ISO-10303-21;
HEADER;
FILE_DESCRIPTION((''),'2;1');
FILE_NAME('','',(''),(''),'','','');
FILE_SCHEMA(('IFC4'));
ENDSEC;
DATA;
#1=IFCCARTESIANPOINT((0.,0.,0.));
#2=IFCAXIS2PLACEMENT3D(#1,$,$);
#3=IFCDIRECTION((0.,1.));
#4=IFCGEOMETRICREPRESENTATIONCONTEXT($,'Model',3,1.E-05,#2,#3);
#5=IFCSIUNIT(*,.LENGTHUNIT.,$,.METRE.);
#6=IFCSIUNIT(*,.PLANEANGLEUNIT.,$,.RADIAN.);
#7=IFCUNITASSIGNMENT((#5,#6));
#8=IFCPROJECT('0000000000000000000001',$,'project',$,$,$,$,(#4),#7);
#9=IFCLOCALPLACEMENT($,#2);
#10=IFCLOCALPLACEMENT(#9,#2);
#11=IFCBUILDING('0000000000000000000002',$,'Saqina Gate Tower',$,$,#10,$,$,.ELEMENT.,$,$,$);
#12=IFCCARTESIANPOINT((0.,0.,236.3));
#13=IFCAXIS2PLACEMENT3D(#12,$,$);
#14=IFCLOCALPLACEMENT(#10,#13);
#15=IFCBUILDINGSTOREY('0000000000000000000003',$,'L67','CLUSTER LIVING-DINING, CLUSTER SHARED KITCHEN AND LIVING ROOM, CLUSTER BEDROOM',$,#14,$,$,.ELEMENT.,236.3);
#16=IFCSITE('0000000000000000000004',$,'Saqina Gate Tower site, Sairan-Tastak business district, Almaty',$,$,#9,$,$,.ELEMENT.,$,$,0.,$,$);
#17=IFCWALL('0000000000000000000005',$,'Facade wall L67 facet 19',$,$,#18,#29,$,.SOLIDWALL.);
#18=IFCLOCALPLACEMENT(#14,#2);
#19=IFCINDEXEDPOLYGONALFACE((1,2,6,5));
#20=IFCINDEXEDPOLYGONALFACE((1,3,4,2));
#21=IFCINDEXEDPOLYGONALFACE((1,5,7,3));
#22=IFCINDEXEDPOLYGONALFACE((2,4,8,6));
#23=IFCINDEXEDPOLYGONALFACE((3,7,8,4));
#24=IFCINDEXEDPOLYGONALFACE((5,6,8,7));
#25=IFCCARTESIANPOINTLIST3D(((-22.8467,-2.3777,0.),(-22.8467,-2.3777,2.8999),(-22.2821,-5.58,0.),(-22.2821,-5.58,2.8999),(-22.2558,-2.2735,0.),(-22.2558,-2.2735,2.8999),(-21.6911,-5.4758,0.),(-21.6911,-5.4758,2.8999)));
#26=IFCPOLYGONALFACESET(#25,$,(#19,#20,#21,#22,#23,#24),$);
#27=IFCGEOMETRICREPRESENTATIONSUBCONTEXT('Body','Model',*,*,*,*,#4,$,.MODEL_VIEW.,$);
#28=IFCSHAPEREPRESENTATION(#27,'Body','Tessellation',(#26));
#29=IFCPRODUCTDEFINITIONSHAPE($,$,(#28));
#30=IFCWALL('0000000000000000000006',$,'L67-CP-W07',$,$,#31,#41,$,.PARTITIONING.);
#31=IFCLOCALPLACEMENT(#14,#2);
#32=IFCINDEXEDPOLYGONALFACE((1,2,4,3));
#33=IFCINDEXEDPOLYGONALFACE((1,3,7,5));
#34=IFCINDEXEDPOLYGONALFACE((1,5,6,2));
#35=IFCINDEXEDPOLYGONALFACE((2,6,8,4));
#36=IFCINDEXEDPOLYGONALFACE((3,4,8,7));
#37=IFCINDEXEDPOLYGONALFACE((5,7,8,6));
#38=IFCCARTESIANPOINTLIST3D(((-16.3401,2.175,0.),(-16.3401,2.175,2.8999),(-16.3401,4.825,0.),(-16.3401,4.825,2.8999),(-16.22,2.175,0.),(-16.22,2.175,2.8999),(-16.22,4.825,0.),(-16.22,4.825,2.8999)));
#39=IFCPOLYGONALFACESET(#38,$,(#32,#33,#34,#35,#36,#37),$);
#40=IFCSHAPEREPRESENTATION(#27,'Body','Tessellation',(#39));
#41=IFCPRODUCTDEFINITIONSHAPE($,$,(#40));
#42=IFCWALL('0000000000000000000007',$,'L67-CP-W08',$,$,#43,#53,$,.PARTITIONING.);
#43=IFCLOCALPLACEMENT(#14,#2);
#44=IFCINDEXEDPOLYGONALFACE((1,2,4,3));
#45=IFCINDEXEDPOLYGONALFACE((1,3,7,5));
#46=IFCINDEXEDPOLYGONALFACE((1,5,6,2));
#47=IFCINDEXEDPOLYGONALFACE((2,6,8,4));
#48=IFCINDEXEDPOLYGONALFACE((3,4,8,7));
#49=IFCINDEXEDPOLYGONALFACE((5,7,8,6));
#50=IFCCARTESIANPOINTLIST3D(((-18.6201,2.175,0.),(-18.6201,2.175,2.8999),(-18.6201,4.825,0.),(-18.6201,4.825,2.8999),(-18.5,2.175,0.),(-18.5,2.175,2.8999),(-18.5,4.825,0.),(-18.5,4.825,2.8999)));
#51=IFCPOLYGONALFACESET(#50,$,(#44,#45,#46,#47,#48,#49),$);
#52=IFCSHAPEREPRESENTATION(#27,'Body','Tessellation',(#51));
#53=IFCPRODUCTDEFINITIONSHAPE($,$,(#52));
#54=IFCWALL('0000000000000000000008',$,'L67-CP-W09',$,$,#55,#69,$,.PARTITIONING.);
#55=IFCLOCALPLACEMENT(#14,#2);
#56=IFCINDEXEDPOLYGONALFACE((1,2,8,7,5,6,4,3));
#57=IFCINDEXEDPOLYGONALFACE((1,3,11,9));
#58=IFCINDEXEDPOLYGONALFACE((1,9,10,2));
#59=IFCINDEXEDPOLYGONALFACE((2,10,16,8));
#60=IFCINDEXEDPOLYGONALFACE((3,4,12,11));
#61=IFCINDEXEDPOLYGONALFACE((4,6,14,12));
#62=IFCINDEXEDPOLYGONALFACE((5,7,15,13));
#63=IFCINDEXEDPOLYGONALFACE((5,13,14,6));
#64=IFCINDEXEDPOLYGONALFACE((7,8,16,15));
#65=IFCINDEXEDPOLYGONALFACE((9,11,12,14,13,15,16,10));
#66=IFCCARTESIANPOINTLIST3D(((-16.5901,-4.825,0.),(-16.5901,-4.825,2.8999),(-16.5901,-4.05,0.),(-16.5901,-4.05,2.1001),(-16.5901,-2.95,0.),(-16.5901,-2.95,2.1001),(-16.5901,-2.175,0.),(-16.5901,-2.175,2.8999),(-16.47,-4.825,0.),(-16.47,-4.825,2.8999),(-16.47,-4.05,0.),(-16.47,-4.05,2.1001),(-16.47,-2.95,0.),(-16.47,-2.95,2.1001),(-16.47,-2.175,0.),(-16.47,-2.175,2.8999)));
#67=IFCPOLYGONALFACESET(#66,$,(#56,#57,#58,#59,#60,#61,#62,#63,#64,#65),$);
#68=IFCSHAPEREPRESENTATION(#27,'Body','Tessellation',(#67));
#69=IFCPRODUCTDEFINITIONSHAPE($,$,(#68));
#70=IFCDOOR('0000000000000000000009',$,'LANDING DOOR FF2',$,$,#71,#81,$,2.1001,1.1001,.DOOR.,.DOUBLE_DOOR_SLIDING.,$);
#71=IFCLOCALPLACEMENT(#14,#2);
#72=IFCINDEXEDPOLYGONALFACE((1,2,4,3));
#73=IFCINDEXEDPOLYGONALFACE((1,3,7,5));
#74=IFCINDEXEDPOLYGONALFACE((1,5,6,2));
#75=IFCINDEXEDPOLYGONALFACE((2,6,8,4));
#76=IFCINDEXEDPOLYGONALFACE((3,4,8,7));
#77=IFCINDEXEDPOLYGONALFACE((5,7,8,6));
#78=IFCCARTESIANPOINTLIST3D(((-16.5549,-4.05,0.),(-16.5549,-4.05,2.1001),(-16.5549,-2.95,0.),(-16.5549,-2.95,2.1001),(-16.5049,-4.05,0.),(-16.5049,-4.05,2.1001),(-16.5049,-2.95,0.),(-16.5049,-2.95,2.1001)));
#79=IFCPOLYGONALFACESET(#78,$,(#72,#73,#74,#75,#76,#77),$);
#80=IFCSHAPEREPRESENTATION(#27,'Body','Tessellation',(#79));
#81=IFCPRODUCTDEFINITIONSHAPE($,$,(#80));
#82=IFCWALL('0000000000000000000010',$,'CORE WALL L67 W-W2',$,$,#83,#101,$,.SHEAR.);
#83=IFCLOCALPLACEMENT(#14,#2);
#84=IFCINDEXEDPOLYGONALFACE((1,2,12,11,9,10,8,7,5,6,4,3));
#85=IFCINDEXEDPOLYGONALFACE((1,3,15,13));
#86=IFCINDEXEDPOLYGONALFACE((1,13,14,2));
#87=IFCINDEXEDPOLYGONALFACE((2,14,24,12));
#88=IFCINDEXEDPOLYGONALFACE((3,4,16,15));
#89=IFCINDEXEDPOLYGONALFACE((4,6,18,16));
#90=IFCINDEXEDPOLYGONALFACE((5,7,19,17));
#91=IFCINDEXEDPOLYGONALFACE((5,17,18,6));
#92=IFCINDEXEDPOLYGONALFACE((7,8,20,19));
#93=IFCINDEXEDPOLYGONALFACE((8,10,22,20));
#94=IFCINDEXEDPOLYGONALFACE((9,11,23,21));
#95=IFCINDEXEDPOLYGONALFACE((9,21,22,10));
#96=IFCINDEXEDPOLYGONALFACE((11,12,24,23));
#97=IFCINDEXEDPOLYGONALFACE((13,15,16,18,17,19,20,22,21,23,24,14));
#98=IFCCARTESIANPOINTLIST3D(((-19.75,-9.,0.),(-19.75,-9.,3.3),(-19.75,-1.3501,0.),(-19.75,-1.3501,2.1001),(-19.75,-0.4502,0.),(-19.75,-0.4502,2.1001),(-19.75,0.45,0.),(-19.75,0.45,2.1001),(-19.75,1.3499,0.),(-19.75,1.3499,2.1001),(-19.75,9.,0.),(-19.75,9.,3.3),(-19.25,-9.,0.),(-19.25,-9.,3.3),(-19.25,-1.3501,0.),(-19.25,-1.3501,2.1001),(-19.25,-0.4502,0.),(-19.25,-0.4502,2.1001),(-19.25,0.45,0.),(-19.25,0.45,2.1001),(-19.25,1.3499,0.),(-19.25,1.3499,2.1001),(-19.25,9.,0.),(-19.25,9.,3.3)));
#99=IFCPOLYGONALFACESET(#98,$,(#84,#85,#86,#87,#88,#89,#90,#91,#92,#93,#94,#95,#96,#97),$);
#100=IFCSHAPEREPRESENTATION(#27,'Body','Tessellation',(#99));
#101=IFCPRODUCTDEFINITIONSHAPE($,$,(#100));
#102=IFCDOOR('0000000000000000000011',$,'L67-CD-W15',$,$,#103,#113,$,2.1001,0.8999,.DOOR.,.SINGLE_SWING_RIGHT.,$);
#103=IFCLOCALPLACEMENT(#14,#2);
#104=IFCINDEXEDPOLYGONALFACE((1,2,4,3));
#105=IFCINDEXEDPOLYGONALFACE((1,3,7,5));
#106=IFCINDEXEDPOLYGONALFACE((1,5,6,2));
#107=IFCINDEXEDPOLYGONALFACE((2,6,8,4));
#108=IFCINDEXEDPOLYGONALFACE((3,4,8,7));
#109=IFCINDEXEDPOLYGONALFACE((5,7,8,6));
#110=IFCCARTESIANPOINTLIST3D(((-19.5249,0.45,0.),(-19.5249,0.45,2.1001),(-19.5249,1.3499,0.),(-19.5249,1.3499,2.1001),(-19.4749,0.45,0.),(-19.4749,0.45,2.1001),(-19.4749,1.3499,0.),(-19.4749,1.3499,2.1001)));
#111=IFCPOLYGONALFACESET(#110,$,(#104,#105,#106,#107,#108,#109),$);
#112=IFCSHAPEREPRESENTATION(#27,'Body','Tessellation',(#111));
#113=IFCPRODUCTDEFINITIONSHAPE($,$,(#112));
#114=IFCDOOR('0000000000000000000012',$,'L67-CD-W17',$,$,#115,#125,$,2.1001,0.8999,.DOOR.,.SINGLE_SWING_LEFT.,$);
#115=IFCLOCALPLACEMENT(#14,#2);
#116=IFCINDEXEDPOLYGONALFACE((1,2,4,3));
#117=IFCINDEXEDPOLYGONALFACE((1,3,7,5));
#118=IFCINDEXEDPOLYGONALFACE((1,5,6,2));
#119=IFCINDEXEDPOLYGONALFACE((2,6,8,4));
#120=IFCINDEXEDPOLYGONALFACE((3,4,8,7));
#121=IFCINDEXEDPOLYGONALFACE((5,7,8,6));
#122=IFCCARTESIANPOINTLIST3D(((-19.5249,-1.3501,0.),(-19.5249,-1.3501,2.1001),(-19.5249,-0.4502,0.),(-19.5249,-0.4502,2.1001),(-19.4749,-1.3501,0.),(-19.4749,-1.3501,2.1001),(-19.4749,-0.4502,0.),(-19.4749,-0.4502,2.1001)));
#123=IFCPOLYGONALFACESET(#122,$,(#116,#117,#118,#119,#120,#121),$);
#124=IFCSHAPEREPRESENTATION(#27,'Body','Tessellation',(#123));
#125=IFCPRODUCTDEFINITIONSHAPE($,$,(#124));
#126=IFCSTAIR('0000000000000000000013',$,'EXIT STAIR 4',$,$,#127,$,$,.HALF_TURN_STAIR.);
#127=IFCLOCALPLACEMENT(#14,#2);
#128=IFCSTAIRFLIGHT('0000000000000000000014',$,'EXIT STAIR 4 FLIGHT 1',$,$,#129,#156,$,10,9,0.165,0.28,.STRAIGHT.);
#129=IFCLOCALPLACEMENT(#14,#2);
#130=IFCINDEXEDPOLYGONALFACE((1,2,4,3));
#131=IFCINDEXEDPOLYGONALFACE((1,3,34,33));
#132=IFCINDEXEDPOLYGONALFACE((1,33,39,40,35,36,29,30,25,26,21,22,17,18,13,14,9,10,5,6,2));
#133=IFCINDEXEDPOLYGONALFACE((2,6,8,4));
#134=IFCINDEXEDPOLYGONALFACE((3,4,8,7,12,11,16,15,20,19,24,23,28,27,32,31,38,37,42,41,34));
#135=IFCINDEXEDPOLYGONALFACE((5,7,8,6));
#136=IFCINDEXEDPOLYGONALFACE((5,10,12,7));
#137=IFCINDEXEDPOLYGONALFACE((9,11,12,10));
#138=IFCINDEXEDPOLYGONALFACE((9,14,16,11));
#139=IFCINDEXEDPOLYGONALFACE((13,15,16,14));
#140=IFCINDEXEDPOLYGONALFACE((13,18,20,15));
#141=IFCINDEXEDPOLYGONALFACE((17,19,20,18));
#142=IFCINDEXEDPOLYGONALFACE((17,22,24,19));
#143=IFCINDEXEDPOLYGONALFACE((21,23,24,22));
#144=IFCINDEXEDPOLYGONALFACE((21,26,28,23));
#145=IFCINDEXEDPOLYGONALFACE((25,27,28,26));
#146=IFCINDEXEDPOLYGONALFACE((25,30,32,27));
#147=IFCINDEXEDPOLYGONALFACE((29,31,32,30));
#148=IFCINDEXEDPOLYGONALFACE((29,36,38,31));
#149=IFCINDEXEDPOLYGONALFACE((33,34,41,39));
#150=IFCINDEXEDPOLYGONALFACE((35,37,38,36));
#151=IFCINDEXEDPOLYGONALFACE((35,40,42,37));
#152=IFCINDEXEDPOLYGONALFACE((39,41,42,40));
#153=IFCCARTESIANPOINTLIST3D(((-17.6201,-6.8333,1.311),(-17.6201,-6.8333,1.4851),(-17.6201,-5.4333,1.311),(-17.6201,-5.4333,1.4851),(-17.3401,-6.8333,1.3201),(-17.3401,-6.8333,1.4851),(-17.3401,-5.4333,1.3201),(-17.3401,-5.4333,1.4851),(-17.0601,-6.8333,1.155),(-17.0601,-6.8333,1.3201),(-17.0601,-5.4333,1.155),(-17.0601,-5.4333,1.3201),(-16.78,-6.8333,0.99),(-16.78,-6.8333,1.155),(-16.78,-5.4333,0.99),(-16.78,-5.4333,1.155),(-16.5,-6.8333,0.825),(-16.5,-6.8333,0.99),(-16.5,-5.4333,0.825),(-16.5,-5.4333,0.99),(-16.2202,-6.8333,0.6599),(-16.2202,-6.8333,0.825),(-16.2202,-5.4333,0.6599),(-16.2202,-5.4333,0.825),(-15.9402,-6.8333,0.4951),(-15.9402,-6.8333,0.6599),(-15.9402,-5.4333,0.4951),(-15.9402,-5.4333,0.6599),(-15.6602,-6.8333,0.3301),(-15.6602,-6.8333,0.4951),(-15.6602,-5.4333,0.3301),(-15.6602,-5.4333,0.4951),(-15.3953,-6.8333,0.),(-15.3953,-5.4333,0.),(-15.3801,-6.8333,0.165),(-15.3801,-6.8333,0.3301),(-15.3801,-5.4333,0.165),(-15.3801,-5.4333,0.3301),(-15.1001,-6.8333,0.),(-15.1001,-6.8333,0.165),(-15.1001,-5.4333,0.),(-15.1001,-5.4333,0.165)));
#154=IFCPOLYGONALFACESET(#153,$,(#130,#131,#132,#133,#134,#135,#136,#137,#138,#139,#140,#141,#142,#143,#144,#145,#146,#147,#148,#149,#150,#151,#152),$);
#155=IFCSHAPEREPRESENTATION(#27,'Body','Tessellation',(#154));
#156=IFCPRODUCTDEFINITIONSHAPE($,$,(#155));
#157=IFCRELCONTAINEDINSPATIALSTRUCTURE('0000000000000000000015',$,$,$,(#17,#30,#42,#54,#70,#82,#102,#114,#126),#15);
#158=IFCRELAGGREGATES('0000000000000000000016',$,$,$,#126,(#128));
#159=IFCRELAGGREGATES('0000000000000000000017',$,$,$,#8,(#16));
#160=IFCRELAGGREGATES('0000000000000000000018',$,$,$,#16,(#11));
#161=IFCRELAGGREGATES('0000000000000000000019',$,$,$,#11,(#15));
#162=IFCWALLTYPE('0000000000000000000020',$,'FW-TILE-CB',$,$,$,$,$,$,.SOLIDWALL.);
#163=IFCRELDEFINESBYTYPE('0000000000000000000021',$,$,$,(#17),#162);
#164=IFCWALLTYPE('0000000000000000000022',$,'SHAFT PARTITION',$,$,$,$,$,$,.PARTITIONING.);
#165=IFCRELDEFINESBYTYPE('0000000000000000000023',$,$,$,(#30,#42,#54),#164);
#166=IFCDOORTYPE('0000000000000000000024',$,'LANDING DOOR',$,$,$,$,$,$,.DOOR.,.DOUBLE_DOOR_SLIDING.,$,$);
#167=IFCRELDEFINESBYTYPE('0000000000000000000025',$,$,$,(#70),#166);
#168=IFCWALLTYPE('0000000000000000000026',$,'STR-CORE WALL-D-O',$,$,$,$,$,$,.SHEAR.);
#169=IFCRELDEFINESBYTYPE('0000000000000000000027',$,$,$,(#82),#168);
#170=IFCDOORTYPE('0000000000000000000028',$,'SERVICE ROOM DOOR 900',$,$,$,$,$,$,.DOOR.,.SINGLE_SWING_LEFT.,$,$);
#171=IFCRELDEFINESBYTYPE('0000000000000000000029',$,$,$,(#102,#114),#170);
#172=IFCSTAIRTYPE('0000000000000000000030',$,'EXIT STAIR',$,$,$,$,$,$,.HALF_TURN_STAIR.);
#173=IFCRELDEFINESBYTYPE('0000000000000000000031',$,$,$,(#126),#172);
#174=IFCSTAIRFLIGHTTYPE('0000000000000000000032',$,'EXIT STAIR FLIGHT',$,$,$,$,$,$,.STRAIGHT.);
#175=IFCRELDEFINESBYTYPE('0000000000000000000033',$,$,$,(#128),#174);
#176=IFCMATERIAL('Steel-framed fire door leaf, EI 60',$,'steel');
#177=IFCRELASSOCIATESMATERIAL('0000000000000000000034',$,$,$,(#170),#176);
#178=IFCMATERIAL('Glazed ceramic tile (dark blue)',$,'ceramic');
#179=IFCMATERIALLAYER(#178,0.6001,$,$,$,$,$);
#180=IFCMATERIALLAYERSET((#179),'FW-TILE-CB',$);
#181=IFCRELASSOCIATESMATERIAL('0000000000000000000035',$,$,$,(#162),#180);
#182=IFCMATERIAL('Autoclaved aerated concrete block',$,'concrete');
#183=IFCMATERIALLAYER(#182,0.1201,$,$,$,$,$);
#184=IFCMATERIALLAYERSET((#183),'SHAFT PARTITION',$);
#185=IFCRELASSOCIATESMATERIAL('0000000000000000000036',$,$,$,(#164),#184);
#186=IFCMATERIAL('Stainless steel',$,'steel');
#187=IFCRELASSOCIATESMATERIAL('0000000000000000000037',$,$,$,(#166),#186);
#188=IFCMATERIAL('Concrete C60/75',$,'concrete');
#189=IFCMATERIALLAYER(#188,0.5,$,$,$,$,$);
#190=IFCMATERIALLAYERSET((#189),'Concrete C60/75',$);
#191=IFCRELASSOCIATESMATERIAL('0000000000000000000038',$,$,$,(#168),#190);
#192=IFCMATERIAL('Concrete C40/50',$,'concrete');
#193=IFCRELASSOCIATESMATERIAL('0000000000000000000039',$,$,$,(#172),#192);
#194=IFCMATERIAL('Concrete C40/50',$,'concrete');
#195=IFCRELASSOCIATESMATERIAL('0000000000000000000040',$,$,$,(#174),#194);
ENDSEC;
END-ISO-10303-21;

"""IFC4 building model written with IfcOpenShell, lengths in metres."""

from ifc_helpers import new_model, si_unit, direction, frame, frame_2d, origin, place, context, subcontext, project, spatial, polyline, rectangle, outline, extrude, material, layer, layer_set, type_object, element, fill, aggregate, save


model = new_model("IFC4")

# Units and contexts
model_context = context("Model", 3, precision=1e-05, world=origin(), true_north=direction((0.0, 1.0)))
body_context = subcontext(model_context, "Body", "Model", "MODEL_VIEW")
ifc_project = project(units=[si_unit("LENGTHUNIT", "METRE"), si_unit("PLANEANGLEUNIT", "RADIAN")], contexts=[model_context])

# Site, building, storey
site_placement = place(None, origin())
site = spatial("IfcSite", under=ifc_project, at=site_placement, Name="Saqina Gate Tower site, Sairan-Tastak business district, Almaty", CompositionType="ELEMENT", RefElevation=0.0)
building_placement = place(site_placement, origin())
building = spatial("IfcBuilding", under=site, at=building_placement, Name="Saqina Gate Tower", CompositionType="ELEMENT")
storey_placement = place(building_placement, frame((0.0, 0.0, 236.3)))
storey = spatial("IfcBuildingStorey", under=building, at=storey_placement, Name="L67", Description="CLUSTER LIVING-DINING, CLUSTER SHARED KITCHEN AND LIVING ROOM, CLUSTER BEDROOM", CompositionType="ELEMENT", Elevation=236.3)

# Shared definitions
ifc_material_1 = material(Name="Steel-framed fire door leaf, EI 60", Category="steel")
door_type_1 = type_object("IfcDoorType", Name="SERVICE ROOM DOOR 900", OperationType="SINGLE_SWING_LEFT", PredefinedType="DOOR", material=ifc_material_1)

# Walls
ifc_material_2 = material(Name="Glazed ceramic tile (dark blue)", Category="ceramic")
ifc_layer_1 = layer(ifc_material_2, 0.6001)
ifc_layer_set_1 = layer_set([ifc_layer_1], Name="FW-TILE-CB")
wall_type_1 = type_object("IfcWallType", Name="FW-TILE-CB", PredefinedType="SOLIDWALL", material=ifc_layer_set_1)
wall_1_placement = place(storey_placement, frame((-22.5513, -2.3254, 0.0), z_axis=(0.0, 0.0, 1.0), x_axis=(0.173657, -0.984806, 0.0)))
element("IfcWall", 1, at=wall_1_placement, inside=storey, type_object=wall_type_1, Name="Facade wall L67 facet 19", PredefinedType="SOLIDWALL", context=body_context, shape_type="SweptSolid", body=[
    extrude(rectangle(XDim=3.2517, YDim=0.6001, at=frame_2d((1.626, 0.0))), origin(), (0.0, 0.0, 1.0), 2.8999),
])
ifc_material_3 = material(Name="Autoclaved aerated concrete block", Category="concrete")
ifc_layer_2 = layer(ifc_material_3, 0.1201)
ifc_layer_set_2 = layer_set([ifc_layer_2], Name="SHAFT PARTITION")
wall_type_2 = type_object("IfcWallType", Name="SHAFT PARTITION", PredefinedType="PARTITIONING", material=ifc_layer_set_2)
for number, where, z_axis, x_axis, name in (
    (2, (-16.28, 2.175, 0.0), (0.0, 0.0, 1.0), (0.0, 1.0, 0.0), "L67-CP-W07"),
    (3, (-18.5601, 2.175, 0.0), (0.0, 0.0, 1.0), (0.0, 1.0, 0.0), "L67-CP-W08"),
):
    element("IfcWall", number, at=place(storey_placement, frame(where, z_axis=z_axis, x_axis=x_axis)), inside=storey, type_object=wall_type_2, Name=name, PredefinedType="PARTITIONING", context=body_context, shape_type="SweptSolid", body=[
        extrude(rectangle(XDim=2.6499, YDim=0.1201, at=frame_2d((1.325, 0.0))), origin(), (0.0, 0.0, 1.0), 2.8999),
    ])

# Wall, opening, door
wall_2_placement = place(storey_placement, frame((-16.53, -4.825, 0.0), z_axis=(0.0, 0.0, 1.0), x_axis=(0.0, 1.0, 0.0)))
wall_2 = element("IfcWall", 4, at=wall_2_placement, inside=storey, type_object=wall_type_2, Name="L67-CP-W09", PredefinedType="PARTITIONING", context=body_context, shape_type="SweptSolid", body=[
    extrude(rectangle(XDim=2.6499, YDim=0.1201, at=frame_2d((1.325, 0.0))), origin(), (0.0, 0.0, 1.0), 2.8999),
])
opening_1_placement = place(wall_2_placement, frame((0.7749, 0.0, 0.0)))
opening_1 = element("IfcOpeningElement", 5, at=opening_1_placement, cuts=wall_2, PredefinedType="OPENING", context=body_context, shape_type="SweptSolid", body=[
    extrude(rectangle(XDim=1.1001, YDim=2.1001, at=frame_2d((0.55, 1.05))), frame((0.0, 0.072, 0.0), z_axis=(0.0, -1.0, 0.0), x_axis=(1.0, 0.0, 0.0)), (0.0, 0.0, 1.0), 0.144),
])
ifc_material_4 = material(Name="Stainless steel", Category="steel")
door_type_2 = type_object("IfcDoorType", Name="LANDING DOOR", OperationType="DOUBLE_DOOR_SLIDING", PredefinedType="DOOR", material=ifc_material_4)
door_1_placement = place(opening_1_placement, origin())
door_1 = element("IfcDoor", 6, at=door_1_placement, inside=storey, type_object=door_type_2, Name="LANDING DOOR FF2", OperationType="DOUBLE_DOOR_SLIDING", OverallHeight=2.1001, OverallWidth=1.1001, PredefinedType="DOOR", context=body_context, shape_type="SweptSolid", body=[
    extrude(rectangle(XDim=1.1001, YDim=2.1001, at=frame_2d((0.55, 1.05))), frame((0.0, 0.0249, 0.0), z_axis=(0.0, -1.0, 0.0), x_axis=(1.0, 0.0, 0.0)), (0.0, 0.0, 1.0), 0.05),
])
fill(opening_1, door_1)

# Wall, openings, doors
ifc_material_5 = material(Name="Concrete C60/75", Category="concrete")
ifc_layer_3 = layer(ifc_material_5, 0.5)
ifc_layer_set_3 = layer_set([ifc_layer_3], Name="Concrete C60/75")
wall_type_3 = type_object("IfcWallType", Name="STR-CORE WALL-D-O", PredefinedType="SHEAR", material=ifc_layer_set_3)
wall_3_placement = place(storey_placement, frame((-19.5, -9.0, 0.0), z_axis=(0.0, 0.0, 1.0), x_axis=(0.0, 1.0, 0.0)))
wall_3 = element("IfcWall", 7, at=wall_3_placement, inside=storey, type_object=wall_type_3, Name="CORE WALL L67 W-W2", PredefinedType="SHEAR", context=body_context, shape_type="SweptSolid", body=[
    extrude(rectangle(XDim=18.0, YDim=0.5, at=frame_2d((9.0, 0.0))), origin(), (0.0, 0.0, 1.0), 3.3),
])
opening_2_placement = place(wall_3_placement, frame((9.45, 0.0, 0.0)))
opening_2 = element("IfcOpeningElement", 8, at=opening_2_placement, cuts=wall_3, PredefinedType="OPENING", context=body_context, shape_type="SweptSolid", body=[
    extrude(rectangle(XDim=0.8999, YDim=2.1001, at=frame_2d((0.45, 1.05))), frame((0.0, 0.262, 0.0), z_axis=(0.0, -1.0, 0.0), x_axis=(1.0, 0.0, 0.0)), (0.0, 0.0, 1.0), 0.5239),
])
opening_3_placement = place(wall_3_placement, frame((7.6499, 0.0, 0.0)))
opening_3 = element("IfcOpeningElement", 9, at=opening_3_placement, cuts=wall_3, PredefinedType="OPENING", context=body_context, shape_type="SweptSolid", body=[
    extrude(rectangle(XDim=0.8999, YDim=2.1001, at=frame_2d((0.45, 1.05))), frame((0.0, 0.262, 0.0), z_axis=(0.0, -1.0, 0.0), x_axis=(1.0, 0.0, 0.0)), (0.0, 0.0, 1.0), 0.5239),
])
door_2_placement = place(opening_2_placement, origin())
door_2 = element("IfcDoor", 10, at=door_2_placement, inside=storey, type_object=door_type_1, Name="L67-CD-W15", OperationType="SINGLE_SWING_RIGHT", OverallHeight=2.1001, OverallWidth=0.8999, PredefinedType="DOOR", context=body_context, shape_type="SweptSolid", body=[
    extrude(rectangle(XDim=0.8999, YDim=2.1001, at=frame_2d((0.45, 1.05))), frame((0.0, 0.0249, 0.0), z_axis=(0.0, -1.0, 0.0), x_axis=(1.0, 0.0, 0.0)), (0.0, 0.0, 1.0), 0.05),
])
fill(opening_2, door_2)
door_3_placement = place(opening_3_placement, origin())
door_3 = element("IfcDoor", 11, at=door_3_placement, inside=storey, type_object=door_type_1, Name="L67-CD-W17", OperationType="SINGLE_SWING_LEFT", OverallHeight=2.1001, OverallWidth=0.8999, PredefinedType="DOOR", context=body_context, shape_type="SweptSolid", body=[
    extrude(rectangle(XDim=0.8999, YDim=2.1001, at=frame_2d((0.45, 1.05))), frame((0.0, 0.0249, 0.0), z_axis=(0.0, -1.0, 0.0), x_axis=(1.0, 0.0, 0.0)), (0.0, 0.0, 1.0), 0.05),
])
fill(opening_3, door_3)

# Stair, stair flight
ifc_material_6 = material(Name="Concrete C40/50", Category="concrete")
stair_type = type_object("IfcStairType", Name="EXIT STAIR", PredefinedType="HALF_TURN_STAIR", material=ifc_material_6)
stair_placement = place(storey_placement, origin())
stair = element("IfcStair", 12, at=stair_placement, inside=storey, type_object=stair_type, Name="EXIT STAIR 4", PredefinedType="HALF_TURN_STAIR")
ifc_material_7 = material(Name="Concrete C40/50", Category="concrete")
stair_flight_type = type_object("IfcStairFlightType", Name="EXIT STAIR FLIGHT", PredefinedType="STRAIGHT", material=ifc_material_7)
stair_flight_1_placement = place(storey_placement, frame((-15.1001, -6.1333, 0.0), z_axis=(0.0, 0.0, 1.0), x_axis=(-1.0, 0.0, 0.0)))
stair_flight_1 = element("IfcStairFlight", 13, at=stair_flight_1_placement, type_object=stair_flight_type, Name="EXIT STAIR 4 FLIGHT 1", NumberOfRisers=10, NumberOfTreads=9, PredefinedType="STRAIGHT", RiserHeight=0.165, TreadLength=0.28, context=body_context, shape_type="SweptSolid", body=[
    extrude(outline(polyline([(0.0, 0.0), (0.0, 0.165), (0.28, 0.165), (0.28, 0.3301), (0.5601, 0.3301), (0.5601, 0.4951), (0.8401, 0.4951), (0.8401, 0.6599), (1.1201, 0.6599), (1.1201, 0.825), (1.3999, 0.825), (1.3999, 0.99), (1.6799, 0.99), (1.6799, 1.155), (1.96, 1.155), (1.96, 1.3201), (2.24, 1.3201), (2.24, 1.4851), (2.52, 1.4851), (2.52, 1.6499), (2.52, 1.311), (0.2952, 0.0), (0.0, 0.0)])), frame((0.0, 0.7, 0.0), z_axis=(0.0, -1.0, 0.0), x_axis=(1.0, 0.0, 0.0)), (0.0, 0.0, 1.0), 1.3999),
])
aggregate(stair, [stair_flight_1])

save(model, "model.ifc")
